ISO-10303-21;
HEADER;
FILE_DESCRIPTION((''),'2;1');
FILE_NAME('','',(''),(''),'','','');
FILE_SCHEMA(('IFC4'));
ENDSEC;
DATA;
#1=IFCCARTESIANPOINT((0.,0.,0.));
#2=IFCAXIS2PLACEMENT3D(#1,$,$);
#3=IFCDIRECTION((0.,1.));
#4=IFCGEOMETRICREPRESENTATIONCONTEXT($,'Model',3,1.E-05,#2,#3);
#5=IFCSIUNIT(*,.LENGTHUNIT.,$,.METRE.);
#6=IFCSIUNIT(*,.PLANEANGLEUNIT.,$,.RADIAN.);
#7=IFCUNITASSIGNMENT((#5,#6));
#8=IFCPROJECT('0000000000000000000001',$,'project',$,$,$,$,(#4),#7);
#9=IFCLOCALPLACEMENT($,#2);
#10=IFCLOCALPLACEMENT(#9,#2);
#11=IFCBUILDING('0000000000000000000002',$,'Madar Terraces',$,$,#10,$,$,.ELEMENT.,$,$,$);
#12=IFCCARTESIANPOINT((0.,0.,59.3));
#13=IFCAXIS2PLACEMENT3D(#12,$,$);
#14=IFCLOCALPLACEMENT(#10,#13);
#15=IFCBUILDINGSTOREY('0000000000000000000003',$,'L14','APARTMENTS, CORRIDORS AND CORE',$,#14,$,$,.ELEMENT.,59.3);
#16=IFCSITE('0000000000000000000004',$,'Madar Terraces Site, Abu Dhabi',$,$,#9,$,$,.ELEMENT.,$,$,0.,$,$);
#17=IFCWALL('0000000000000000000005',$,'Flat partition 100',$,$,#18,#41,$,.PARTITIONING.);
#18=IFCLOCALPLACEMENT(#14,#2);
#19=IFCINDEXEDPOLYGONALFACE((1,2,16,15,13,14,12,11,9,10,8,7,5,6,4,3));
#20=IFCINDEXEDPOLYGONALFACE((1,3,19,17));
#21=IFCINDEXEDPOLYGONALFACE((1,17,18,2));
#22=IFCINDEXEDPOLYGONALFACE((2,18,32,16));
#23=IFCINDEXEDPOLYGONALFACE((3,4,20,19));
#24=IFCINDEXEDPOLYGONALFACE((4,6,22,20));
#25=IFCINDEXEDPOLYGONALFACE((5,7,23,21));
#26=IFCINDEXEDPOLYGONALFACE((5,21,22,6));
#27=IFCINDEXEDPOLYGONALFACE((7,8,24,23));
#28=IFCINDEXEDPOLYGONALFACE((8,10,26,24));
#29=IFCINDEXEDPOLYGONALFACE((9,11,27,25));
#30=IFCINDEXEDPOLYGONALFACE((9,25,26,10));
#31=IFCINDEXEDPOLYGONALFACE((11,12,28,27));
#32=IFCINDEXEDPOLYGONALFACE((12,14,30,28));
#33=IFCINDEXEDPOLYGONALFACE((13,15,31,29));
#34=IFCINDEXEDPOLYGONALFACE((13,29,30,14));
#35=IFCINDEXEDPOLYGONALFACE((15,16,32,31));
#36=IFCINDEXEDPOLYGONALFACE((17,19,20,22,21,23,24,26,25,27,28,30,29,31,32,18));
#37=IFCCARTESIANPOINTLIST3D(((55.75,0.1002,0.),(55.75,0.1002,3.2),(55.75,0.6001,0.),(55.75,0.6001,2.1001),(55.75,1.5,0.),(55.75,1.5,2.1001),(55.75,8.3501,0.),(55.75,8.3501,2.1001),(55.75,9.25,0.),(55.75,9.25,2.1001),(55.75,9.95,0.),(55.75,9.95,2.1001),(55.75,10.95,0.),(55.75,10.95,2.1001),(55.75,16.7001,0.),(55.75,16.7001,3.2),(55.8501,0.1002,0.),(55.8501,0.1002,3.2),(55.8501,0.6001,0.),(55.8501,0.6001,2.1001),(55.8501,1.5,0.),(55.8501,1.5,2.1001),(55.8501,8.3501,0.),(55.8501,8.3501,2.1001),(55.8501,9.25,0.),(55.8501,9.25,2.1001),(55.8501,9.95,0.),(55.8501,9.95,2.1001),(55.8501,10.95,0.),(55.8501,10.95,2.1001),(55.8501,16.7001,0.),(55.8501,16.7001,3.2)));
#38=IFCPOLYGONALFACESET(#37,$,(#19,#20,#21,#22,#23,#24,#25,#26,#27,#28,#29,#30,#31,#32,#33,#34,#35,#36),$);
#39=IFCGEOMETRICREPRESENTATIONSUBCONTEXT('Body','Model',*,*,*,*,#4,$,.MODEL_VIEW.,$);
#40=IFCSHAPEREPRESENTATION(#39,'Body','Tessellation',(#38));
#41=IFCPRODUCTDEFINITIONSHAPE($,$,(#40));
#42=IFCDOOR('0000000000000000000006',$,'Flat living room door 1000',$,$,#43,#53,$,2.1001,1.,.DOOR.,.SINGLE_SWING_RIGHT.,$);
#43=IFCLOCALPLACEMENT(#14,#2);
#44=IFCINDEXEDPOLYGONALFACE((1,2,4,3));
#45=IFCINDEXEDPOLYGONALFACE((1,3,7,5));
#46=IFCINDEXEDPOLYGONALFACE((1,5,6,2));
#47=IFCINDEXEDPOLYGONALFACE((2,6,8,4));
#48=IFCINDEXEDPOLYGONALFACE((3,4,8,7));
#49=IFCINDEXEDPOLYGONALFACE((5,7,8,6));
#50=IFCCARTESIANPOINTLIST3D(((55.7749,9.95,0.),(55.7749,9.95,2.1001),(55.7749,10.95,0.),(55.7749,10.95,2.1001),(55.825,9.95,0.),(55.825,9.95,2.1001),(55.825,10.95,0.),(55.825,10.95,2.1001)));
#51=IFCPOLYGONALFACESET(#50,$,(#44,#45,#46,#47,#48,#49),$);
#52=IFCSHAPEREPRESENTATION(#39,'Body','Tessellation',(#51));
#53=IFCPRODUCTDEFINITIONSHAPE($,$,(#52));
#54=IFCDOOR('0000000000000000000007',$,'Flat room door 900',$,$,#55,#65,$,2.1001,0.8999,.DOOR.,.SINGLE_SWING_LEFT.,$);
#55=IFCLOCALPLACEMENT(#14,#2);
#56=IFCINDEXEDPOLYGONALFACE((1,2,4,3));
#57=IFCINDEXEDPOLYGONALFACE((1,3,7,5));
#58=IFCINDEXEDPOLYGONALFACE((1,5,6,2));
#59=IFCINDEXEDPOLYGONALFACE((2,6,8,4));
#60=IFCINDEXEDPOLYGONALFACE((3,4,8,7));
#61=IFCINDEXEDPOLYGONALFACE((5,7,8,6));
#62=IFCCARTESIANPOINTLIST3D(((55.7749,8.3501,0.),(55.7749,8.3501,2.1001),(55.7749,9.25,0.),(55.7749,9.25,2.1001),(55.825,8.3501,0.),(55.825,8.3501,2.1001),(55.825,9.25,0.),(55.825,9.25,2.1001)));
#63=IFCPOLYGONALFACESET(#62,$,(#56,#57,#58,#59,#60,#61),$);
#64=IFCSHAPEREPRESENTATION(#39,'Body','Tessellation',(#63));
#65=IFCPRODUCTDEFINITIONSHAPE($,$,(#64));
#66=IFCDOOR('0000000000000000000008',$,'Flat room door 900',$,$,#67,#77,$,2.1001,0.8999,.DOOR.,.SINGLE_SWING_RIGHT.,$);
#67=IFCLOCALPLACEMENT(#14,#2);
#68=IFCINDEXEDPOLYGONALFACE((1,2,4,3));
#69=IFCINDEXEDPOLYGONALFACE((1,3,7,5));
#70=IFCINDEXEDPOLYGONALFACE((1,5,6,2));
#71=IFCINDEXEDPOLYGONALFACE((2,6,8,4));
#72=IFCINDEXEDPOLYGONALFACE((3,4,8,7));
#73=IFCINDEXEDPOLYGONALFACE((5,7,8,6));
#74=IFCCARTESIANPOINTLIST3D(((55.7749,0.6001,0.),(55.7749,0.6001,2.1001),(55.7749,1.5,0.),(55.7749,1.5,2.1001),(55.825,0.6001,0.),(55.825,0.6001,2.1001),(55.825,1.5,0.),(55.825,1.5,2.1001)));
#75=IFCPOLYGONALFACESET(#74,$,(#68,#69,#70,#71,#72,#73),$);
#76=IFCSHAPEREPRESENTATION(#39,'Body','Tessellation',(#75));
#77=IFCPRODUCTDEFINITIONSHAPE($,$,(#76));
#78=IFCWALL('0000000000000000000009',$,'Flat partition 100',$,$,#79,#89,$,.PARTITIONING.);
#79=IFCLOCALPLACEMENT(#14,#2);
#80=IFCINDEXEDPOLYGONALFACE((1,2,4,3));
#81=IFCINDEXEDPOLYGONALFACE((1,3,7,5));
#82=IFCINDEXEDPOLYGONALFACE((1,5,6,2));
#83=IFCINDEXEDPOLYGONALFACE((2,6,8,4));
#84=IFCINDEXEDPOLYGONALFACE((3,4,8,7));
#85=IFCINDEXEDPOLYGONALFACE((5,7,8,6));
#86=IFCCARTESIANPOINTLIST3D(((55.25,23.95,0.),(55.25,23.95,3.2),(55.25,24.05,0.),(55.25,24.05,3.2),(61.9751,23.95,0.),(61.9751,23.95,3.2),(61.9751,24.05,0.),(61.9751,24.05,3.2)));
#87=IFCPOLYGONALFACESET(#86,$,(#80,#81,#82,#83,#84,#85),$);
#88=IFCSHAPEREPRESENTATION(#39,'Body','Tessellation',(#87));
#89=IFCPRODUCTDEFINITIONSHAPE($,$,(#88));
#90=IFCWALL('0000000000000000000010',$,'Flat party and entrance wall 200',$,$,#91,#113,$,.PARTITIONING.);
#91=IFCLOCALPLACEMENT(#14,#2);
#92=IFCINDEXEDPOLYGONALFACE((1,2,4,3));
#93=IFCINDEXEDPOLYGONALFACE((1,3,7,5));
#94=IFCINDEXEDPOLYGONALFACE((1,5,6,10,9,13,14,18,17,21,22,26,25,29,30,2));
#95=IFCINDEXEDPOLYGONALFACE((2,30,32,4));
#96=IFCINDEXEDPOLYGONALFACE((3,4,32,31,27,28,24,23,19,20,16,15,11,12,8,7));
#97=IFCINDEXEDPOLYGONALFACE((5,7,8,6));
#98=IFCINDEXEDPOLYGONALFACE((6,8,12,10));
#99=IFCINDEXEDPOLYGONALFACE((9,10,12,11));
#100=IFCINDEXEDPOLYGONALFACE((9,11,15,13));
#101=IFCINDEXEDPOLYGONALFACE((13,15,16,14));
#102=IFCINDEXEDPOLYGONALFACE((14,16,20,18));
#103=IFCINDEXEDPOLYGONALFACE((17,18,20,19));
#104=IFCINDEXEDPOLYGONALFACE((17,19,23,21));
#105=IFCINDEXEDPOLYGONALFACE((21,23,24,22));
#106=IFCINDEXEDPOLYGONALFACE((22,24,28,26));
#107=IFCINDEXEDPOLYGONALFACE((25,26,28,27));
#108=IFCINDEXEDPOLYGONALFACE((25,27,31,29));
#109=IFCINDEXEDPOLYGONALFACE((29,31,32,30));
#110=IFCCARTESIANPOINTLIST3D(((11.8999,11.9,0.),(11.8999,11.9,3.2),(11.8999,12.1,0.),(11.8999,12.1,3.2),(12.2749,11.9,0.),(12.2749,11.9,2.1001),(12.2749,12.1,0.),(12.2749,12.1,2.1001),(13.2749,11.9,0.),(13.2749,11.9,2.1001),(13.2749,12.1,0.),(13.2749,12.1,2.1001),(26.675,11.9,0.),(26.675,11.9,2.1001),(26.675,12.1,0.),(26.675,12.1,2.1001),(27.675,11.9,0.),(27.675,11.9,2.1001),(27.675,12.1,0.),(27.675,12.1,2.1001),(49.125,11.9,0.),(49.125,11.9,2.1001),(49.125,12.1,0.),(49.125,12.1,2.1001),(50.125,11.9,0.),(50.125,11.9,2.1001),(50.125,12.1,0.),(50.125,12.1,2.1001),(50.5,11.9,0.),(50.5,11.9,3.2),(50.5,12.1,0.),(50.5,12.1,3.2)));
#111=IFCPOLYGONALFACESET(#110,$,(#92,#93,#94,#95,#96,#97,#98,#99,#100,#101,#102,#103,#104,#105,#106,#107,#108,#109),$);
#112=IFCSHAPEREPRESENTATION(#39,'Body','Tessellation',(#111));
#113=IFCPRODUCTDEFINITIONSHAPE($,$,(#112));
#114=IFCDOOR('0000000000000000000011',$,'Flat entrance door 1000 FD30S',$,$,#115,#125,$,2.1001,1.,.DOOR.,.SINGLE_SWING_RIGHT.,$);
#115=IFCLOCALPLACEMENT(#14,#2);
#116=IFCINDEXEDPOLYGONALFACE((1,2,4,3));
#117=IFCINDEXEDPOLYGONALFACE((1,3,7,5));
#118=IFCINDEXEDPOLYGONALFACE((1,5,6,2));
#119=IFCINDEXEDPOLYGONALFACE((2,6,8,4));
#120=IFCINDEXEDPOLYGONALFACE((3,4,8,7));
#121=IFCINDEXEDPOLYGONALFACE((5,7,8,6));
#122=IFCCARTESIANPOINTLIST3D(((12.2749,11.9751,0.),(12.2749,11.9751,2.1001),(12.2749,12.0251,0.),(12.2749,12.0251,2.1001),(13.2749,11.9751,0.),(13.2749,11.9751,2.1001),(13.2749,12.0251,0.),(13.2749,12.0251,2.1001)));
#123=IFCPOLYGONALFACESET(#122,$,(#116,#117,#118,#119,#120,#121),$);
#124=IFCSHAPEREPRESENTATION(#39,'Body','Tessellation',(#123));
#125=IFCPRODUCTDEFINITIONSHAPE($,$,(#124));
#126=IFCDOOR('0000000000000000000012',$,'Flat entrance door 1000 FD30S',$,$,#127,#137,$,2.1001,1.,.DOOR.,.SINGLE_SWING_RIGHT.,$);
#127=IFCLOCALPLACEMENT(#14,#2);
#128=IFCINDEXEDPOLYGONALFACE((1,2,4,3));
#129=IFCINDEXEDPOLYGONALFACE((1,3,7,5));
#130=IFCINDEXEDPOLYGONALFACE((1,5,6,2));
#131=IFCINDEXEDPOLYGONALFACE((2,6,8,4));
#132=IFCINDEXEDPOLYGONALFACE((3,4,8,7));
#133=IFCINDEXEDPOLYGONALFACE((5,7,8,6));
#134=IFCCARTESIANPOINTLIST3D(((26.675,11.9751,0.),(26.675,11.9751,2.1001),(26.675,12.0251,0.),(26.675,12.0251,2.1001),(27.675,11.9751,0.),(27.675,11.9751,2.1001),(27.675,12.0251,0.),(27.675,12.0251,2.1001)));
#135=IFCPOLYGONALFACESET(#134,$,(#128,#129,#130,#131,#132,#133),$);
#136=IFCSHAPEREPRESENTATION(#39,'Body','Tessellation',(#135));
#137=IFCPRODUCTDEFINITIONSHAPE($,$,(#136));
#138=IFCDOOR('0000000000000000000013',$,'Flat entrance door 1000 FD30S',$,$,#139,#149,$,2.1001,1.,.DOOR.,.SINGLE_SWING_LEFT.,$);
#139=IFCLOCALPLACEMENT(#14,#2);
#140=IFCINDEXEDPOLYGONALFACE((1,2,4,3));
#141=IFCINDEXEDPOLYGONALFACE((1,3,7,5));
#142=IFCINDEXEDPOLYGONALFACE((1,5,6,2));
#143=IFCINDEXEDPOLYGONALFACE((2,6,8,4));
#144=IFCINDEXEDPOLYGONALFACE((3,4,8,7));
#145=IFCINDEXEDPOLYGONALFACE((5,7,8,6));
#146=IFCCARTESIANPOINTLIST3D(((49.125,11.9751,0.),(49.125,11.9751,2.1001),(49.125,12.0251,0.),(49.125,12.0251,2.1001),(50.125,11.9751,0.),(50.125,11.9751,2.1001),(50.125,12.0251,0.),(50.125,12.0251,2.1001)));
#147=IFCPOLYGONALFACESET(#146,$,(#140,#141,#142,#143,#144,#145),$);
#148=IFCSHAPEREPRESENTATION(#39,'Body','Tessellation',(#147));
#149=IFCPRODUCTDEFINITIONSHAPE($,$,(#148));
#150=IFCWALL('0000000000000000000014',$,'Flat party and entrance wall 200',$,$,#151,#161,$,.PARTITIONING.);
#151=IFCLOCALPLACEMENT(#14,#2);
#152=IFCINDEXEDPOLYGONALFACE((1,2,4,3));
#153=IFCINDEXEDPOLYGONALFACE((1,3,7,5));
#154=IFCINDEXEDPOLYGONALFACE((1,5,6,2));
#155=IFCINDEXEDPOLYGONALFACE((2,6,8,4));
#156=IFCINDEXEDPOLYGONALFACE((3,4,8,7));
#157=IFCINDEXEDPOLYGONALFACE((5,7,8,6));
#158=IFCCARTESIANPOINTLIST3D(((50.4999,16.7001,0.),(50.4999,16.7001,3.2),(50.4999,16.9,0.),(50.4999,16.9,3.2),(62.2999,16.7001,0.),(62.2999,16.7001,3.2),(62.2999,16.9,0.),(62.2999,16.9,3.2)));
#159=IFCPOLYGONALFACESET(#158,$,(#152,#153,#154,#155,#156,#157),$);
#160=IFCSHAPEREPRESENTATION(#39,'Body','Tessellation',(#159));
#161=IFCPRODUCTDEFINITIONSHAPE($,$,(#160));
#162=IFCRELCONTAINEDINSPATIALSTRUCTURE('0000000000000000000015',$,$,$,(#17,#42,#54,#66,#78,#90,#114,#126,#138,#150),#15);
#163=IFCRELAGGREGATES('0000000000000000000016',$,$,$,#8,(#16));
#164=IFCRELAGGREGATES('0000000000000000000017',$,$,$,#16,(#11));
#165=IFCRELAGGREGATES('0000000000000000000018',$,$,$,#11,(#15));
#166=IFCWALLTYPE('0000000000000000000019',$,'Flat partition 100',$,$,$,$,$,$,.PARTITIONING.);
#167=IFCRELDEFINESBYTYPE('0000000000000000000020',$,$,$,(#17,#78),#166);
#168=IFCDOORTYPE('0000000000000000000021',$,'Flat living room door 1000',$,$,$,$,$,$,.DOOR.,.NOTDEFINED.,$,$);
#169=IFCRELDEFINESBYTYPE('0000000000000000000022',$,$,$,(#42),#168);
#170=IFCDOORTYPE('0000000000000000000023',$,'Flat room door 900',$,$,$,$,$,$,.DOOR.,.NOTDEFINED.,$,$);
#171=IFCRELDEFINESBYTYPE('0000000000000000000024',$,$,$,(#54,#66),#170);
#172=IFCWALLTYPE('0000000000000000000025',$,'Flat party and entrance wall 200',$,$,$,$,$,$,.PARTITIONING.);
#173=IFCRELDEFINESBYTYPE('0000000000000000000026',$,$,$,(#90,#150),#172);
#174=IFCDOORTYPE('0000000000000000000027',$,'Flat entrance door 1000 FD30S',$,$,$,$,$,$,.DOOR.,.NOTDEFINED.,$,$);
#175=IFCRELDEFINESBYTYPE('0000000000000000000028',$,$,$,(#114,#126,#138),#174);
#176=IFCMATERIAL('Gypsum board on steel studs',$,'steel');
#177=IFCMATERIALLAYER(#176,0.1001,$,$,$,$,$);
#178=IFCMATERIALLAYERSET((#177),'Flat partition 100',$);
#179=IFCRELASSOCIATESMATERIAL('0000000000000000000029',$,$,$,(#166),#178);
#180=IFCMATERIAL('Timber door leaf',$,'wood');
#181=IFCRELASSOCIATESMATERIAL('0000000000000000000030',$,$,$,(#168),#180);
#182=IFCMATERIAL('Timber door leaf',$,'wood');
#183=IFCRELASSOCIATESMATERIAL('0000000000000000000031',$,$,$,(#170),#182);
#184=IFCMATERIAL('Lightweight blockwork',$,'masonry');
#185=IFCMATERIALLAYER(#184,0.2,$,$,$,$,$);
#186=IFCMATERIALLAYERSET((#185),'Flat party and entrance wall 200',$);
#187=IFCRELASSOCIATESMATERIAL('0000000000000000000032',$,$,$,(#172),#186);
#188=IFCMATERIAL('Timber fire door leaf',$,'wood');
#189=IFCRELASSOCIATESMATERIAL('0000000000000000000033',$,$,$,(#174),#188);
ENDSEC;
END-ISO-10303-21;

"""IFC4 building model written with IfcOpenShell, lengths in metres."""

from ifc_helpers import new_model, si_unit, direction, frame, frame_2d, origin, place, context, subcontext, project, spatial, rectangle, extrude, material, layer, layer_set, type_object, element, fill, save


model = new_model("IFC4")

# Units and contexts
model_context = context("Model", 3, precision=1e-05, world=origin(), true_north=direction((0.0, 1.0)))
body_context = subcontext(model_context, "Body", "Model", "MODEL_VIEW")
ifc_project = project(units=[si_unit("LENGTHUNIT", "METRE"), si_unit("PLANEANGLEUNIT", "RADIAN")], contexts=[model_context])

# Site, building, storey
site_placement = place(None, origin())
site = spatial("IfcSite", under=ifc_project, at=site_placement, Name="Madar Terraces Site, Abu Dhabi", CompositionType="ELEMENT", RefElevation=0.0)
building_placement = place(site_placement, origin())
building = spatial("IfcBuilding", under=site, at=building_placement, Name="Madar Terraces", CompositionType="ELEMENT")
storey_placement = place(building_placement, frame((0.0, 0.0, 59.3)))
storey = spatial("IfcBuildingStorey", under=building, at=storey_placement, Name="L14", Description="APARTMENTS, CORRIDORS AND CORE", CompositionType="ELEMENT", Elevation=59.3)

# Shared definitions
ifc_material_1 = material(Name="Gypsum board on steel studs", Category="steel")
ifc_layer_1 = layer(ifc_material_1, 0.1001)
ifc_layer_set_1 = layer_set([ifc_layer_1], Name="Flat partition 100")
wall_type_1 = type_object("IfcWallType", Name="Flat partition 100", PredefinedType="PARTITIONING", material=ifc_layer_set_1)

# Wall, openings, doors
wall_1_placement = place(storey_placement, frame((55.8, 16.7, 0.0), z_axis=(0.0, 0.0, 1.0), x_axis=(0.0, -1.0, 0.0)))
wall_1 = element("IfcWall", 1, at=wall_1_placement, inside=storey, type_object=wall_type_1, Name="Flat partition 100", PredefinedType="PARTITIONING", context=body_context, shape_type="SweptSolid", body=[
    extrude(rectangle(XDim=16.5999, YDim=0.1001, at=frame_2d((8.2998, 0.0))), origin(), (0.0, 0.0, 1.0), 3.2),
])
opening_1_placement = place(wall_1_placement, frame((5.75, 0.0, 0.0)))
opening_1 = element("IfcOpeningElement", 2, at=opening_1_placement, cuts=wall_1, PredefinedType="OPENING", context=body_context, shape_type="SweptSolid", body=[
    extrude(rectangle(XDim=1.0, YDim=2.1001, at=frame_2d((0.5, 1.05))), frame((0.0, 0.0601, 0.0), z_axis=(0.0, -1.0, 0.0), x_axis=(1.0, 0.0, 0.0)), (0.0, 0.0, 1.0), 0.1201),
])
opening_2_placement = place(wall_1_placement, frame((7.45, 0.0, 0.0)))
opening_2 = element("IfcOpeningElement", 3, at=opening_2_placement, cuts=wall_1, PredefinedType="OPENING", context=body_context, shape_type="SweptSolid", body=[
    extrude(rectangle(XDim=0.8999, YDim=2.1001, at=frame_2d((0.45, 1.05))), frame((0.0, 0.0601, 0.0), z_axis=(0.0, -1.0, 0.0), x_axis=(1.0, 0.0, 0.0)), (0.0, 0.0, 1.0), 0.1201),
])
opening_3_placement = place(wall_1_placement, frame((15.2, 0.0, 0.0)))
opening_3 = element("IfcOpeningElement", 4, at=opening_3_placement, cuts=wall_1, PredefinedType="OPENING", context=body_context, shape_type="SweptSolid", body=[
    extrude(rectangle(XDim=0.8999, YDim=2.1001, at=frame_2d((0.45, 1.05))), frame((0.0, 0.0601, 0.0), z_axis=(0.0, -1.0, 0.0), x_axis=(1.0, 0.0, 0.0)), (0.0, 0.0, 1.0), 0.1201),
])
ifc_material_2 = material(Name="Timber door leaf", Category="wood")
door_type_1 = type_object("IfcDoorType", Name="Flat living room door 1000", OperationType="NOTDEFINED", PredefinedType="DOOR", material=ifc_material_2)
door_1_placement = place(opening_1_placement, origin())
door_1 = element("IfcDoor", 5, at=door_1_placement, inside=storey, type_object=door_type_1, Name="Flat living room door 1000", OperationType="SINGLE_SWING_RIGHT", OverallHeight=2.1001, OverallWidth=1.0, PredefinedType="DOOR", context=body_context, shape_type="SweptSolid", body=[
    extrude(rectangle(XDim=1.0, YDim=2.1001, at=frame_2d((0.5, 1.05))), frame((0.0, 0.0249, 0.0), z_axis=(0.0, -1.0, 0.0), x_axis=(1.0, 0.0, 0.0)), (0.0, 0.0, 1.0), 0.05),
])
fill(opening_1, door_1)
ifc_material_3 = material(Name="Timber door leaf", Category="wood")
door_type_2 = type_object("IfcDoorType", Name="Flat room door 900", OperationType="NOTDEFINED", PredefinedType="DOOR", material=ifc_material_3)
door_2_placement = place(opening_2_placement, origin())
door_2 = element("IfcDoor", 6, at=door_2_placement, inside=storey, type_object=door_type_2, Name="Flat room door 900", OperationType="SINGLE_SWING_LEFT", OverallHeight=2.1001, OverallWidth=0.8999, PredefinedType="DOOR", context=body_context, shape_type="SweptSolid", body=[
    extrude(rectangle(XDim=0.8999, YDim=2.1001, at=frame_2d((0.45, 1.05))), frame((0.0, 0.0249, 0.0), z_axis=(0.0, -1.0, 0.0), x_axis=(1.0, 0.0, 0.0)), (0.0, 0.0, 1.0), 0.05),
])
fill(opening_2, door_2)
door_3_placement = place(opening_3_placement, origin())
door_3 = element("IfcDoor", 7, at=door_3_placement, inside=storey, type_object=door_type_2, Name="Flat room door 900", OperationType="SINGLE_SWING_RIGHT", OverallHeight=2.1001, OverallWidth=0.8999, PredefinedType="DOOR", context=body_context, shape_type="SweptSolid", body=[
    extrude(rectangle(XDim=0.8999, YDim=2.1001, at=frame_2d((0.45, 1.05))), frame((0.0, 0.0249, 0.0), z_axis=(0.0, -1.0, 0.0), x_axis=(1.0, 0.0, 0.0)), (0.0, 0.0, 1.0), 0.05),
])
fill(opening_3, door_3)

# Wall
wall_2_placement = place(storey_placement, frame((55.25, 24.0, 0.0), z_axis=(0.0, 0.0, 1.0), x_axis=(1.0, 0.0, 0.0)))
element("IfcWall", 8, at=wall_2_placement, inside=storey, type_object=wall_type_1, Name="Flat partition 100", PredefinedType="PARTITIONING", context=body_context, shape_type="SweptSolid", body=[
    extrude(rectangle(XDim=6.7251, YDim=0.1001, at=frame_2d((3.3625, 0.0))), origin(), (0.0, 0.0, 1.0), 3.2),
])

# Wall, openings, doors
ifc_material_4 = material(Name="Lightweight blockwork", Category="masonry")
ifc_layer_2 = layer(ifc_material_4, 0.2)
ifc_layer_set_2 = layer_set([ifc_layer_2], Name="Flat party and entrance wall 200")
wall_type_2 = type_object("IfcWallType", Name="Flat party and entrance wall 200", PredefinedType="PARTITIONING", material=ifc_layer_set_2)
wall_3_placement = place(storey_placement, frame((50.5, 12.0, 0.0), z_axis=(0.0, 0.0, 1.0), x_axis=(-1.0, 0.0, 0.0)))
wall_3 = element("IfcWall", 9, at=wall_3_placement, inside=storey, type_object=wall_type_2, Name="Flat party and entrance wall 200", PredefinedType="PARTITIONING", context=body_context, shape_type="SweptSolid", body=[
    extrude(rectangle(XDim=38.6001, YDim=0.2, at=frame_2d((19.3, 0.0))), origin(), (0.0, 0.0, 1.0), 3.2),
])
opening_4_placement = place(wall_3_placement, frame((37.2251, 0.0, 0.0)))
opening_4 = element("IfcOpeningElement", 10, at=opening_4_placement, cuts=wall_3, PredefinedType="OPENING", context=body_context, shape_type="SweptSolid", body=[
    extrude(rectangle(XDim=1.0, YDim=2.1001, at=frame_2d((0.5, 1.05))), frame((0.0, 0.1099, 0.0), z_axis=(0.0, -1.0, 0.0), x_axis=(1.0, 0.0, 0.0)), (0.0, 0.0, 1.0), 0.22),
])
opening_5_placement = place(wall_3_placement, frame((22.825, 0.0, 0.0)))
opening_5 = element("IfcOpeningElement", 11, at=opening_5_placement, cuts=wall_3, PredefinedType="OPENING", context=body_context, shape_type="SweptSolid", body=[
    extrude(rectangle(XDim=1.0, YDim=2.1001, at=frame_2d((0.5, 1.05))), frame((0.0, 0.1099, 0.0), z_axis=(0.0, -1.0, 0.0), x_axis=(1.0, 0.0, 0.0)), (0.0, 0.0, 1.0), 0.22),
])
opening_6_placement = place(wall_3_placement, frame((0.375, 0.0, 0.0)))
opening_6 = element("IfcOpeningElement", 12, at=opening_6_placement, cuts=wall_3, PredefinedType="OPENING", context=body_context, shape_type="SweptSolid", body=[
    extrude(rectangle(XDim=1.0, YDim=2.1001, at=frame_2d((0.5, 1.05))), frame((0.0, 0.1099, 0.0), z_axis=(0.0, -1.0, 0.0), x_axis=(1.0, 0.0, 0.0)), (0.0, 0.0, 1.0), 0.22),
])
ifc_material_5 = material(Name="Timber fire door leaf", Category="wood")
door_type_3 = type_object("IfcDoorType", Name="Flat entrance door 1000 FD30S", OperationType="NOTDEFINED", PredefinedType="DOOR", material=ifc_material_5)
door_4_placement = place(opening_4_placement, origin())
door_4 = element("IfcDoor", 13, at=door_4_placement, inside=storey, type_object=door_type_3, Name="Flat entrance door 1000 FD30S", OperationType="SINGLE_SWING_RIGHT", OverallHeight=2.1001, OverallWidth=1.0, PredefinedType="DOOR", context=body_context, shape_type="SweptSolid", body=[
    extrude(rectangle(XDim=1.0, YDim=2.1001, at=frame_2d((0.5, 1.05))), frame((0.0, 0.0249, 0.0), z_axis=(0.0, -1.0, 0.0), x_axis=(1.0, 0.0, 0.0)), (0.0, 0.0, 1.0), 0.05),
])
fill(opening_4, door_4)
door_5_placement = place(opening_5_placement, origin())
door_5 = element("IfcDoor", 14, at=door_5_placement, inside=storey, type_object=door_type_3, Name="Flat entrance door 1000 FD30S", OperationType="SINGLE_SWING_RIGHT", OverallHeight=2.1001, OverallWidth=1.0, PredefinedType="DOOR", context=body_context, shape_type="SweptSolid", body=[
    extrude(rectangle(XDim=1.0, YDim=2.1001, at=frame_2d((0.5, 1.05))), frame((0.0, 0.0249, 0.0), z_axis=(0.0, -1.0, 0.0), x_axis=(1.0, 0.0, 0.0)), (0.0, 0.0, 1.0), 0.05),
])
fill(opening_5, door_5)
door_6_placement = place(opening_6_placement, origin())
door_6 = element("IfcDoor", 15, at=door_6_placement, inside=storey, type_object=door_type_3, Name="Flat entrance door 1000 FD30S", OperationType="SINGLE_SWING_LEFT", OverallHeight=2.1001, OverallWidth=1.0, PredefinedType="DOOR", context=body_context, shape_type="SweptSolid", body=[
    extrude(rectangle(XDim=1.0, YDim=2.1001, at=frame_2d((0.5, 1.05))), frame((0.0, 0.0249, 0.0), z_axis=(0.0, -1.0, 0.0), x_axis=(1.0, 0.0, 0.0)), (0.0, 0.0, 1.0), 0.05),
])
fill(opening_6, door_6)

# Wall
wall_4_placement = place(storey_placement, frame((50.5, 16.8, 0.0), z_axis=(0.0, 0.0, 1.0), x_axis=(1.0, 0.0, 0.0)))
element("IfcWall", 16, at=wall_4_placement, inside=storey, type_object=wall_type_2, Name="Flat party and entrance wall 200", PredefinedType="PARTITIONING", context=body_context, shape_type="SweptSolid", body=[
    extrude(rectangle(XDim=11.8, YDim=0.2, at=frame_2d((5.8999, 0.0))), origin(), (0.0, 0.0, 1.0), 3.2),
])

save(model, "model.ifc")
